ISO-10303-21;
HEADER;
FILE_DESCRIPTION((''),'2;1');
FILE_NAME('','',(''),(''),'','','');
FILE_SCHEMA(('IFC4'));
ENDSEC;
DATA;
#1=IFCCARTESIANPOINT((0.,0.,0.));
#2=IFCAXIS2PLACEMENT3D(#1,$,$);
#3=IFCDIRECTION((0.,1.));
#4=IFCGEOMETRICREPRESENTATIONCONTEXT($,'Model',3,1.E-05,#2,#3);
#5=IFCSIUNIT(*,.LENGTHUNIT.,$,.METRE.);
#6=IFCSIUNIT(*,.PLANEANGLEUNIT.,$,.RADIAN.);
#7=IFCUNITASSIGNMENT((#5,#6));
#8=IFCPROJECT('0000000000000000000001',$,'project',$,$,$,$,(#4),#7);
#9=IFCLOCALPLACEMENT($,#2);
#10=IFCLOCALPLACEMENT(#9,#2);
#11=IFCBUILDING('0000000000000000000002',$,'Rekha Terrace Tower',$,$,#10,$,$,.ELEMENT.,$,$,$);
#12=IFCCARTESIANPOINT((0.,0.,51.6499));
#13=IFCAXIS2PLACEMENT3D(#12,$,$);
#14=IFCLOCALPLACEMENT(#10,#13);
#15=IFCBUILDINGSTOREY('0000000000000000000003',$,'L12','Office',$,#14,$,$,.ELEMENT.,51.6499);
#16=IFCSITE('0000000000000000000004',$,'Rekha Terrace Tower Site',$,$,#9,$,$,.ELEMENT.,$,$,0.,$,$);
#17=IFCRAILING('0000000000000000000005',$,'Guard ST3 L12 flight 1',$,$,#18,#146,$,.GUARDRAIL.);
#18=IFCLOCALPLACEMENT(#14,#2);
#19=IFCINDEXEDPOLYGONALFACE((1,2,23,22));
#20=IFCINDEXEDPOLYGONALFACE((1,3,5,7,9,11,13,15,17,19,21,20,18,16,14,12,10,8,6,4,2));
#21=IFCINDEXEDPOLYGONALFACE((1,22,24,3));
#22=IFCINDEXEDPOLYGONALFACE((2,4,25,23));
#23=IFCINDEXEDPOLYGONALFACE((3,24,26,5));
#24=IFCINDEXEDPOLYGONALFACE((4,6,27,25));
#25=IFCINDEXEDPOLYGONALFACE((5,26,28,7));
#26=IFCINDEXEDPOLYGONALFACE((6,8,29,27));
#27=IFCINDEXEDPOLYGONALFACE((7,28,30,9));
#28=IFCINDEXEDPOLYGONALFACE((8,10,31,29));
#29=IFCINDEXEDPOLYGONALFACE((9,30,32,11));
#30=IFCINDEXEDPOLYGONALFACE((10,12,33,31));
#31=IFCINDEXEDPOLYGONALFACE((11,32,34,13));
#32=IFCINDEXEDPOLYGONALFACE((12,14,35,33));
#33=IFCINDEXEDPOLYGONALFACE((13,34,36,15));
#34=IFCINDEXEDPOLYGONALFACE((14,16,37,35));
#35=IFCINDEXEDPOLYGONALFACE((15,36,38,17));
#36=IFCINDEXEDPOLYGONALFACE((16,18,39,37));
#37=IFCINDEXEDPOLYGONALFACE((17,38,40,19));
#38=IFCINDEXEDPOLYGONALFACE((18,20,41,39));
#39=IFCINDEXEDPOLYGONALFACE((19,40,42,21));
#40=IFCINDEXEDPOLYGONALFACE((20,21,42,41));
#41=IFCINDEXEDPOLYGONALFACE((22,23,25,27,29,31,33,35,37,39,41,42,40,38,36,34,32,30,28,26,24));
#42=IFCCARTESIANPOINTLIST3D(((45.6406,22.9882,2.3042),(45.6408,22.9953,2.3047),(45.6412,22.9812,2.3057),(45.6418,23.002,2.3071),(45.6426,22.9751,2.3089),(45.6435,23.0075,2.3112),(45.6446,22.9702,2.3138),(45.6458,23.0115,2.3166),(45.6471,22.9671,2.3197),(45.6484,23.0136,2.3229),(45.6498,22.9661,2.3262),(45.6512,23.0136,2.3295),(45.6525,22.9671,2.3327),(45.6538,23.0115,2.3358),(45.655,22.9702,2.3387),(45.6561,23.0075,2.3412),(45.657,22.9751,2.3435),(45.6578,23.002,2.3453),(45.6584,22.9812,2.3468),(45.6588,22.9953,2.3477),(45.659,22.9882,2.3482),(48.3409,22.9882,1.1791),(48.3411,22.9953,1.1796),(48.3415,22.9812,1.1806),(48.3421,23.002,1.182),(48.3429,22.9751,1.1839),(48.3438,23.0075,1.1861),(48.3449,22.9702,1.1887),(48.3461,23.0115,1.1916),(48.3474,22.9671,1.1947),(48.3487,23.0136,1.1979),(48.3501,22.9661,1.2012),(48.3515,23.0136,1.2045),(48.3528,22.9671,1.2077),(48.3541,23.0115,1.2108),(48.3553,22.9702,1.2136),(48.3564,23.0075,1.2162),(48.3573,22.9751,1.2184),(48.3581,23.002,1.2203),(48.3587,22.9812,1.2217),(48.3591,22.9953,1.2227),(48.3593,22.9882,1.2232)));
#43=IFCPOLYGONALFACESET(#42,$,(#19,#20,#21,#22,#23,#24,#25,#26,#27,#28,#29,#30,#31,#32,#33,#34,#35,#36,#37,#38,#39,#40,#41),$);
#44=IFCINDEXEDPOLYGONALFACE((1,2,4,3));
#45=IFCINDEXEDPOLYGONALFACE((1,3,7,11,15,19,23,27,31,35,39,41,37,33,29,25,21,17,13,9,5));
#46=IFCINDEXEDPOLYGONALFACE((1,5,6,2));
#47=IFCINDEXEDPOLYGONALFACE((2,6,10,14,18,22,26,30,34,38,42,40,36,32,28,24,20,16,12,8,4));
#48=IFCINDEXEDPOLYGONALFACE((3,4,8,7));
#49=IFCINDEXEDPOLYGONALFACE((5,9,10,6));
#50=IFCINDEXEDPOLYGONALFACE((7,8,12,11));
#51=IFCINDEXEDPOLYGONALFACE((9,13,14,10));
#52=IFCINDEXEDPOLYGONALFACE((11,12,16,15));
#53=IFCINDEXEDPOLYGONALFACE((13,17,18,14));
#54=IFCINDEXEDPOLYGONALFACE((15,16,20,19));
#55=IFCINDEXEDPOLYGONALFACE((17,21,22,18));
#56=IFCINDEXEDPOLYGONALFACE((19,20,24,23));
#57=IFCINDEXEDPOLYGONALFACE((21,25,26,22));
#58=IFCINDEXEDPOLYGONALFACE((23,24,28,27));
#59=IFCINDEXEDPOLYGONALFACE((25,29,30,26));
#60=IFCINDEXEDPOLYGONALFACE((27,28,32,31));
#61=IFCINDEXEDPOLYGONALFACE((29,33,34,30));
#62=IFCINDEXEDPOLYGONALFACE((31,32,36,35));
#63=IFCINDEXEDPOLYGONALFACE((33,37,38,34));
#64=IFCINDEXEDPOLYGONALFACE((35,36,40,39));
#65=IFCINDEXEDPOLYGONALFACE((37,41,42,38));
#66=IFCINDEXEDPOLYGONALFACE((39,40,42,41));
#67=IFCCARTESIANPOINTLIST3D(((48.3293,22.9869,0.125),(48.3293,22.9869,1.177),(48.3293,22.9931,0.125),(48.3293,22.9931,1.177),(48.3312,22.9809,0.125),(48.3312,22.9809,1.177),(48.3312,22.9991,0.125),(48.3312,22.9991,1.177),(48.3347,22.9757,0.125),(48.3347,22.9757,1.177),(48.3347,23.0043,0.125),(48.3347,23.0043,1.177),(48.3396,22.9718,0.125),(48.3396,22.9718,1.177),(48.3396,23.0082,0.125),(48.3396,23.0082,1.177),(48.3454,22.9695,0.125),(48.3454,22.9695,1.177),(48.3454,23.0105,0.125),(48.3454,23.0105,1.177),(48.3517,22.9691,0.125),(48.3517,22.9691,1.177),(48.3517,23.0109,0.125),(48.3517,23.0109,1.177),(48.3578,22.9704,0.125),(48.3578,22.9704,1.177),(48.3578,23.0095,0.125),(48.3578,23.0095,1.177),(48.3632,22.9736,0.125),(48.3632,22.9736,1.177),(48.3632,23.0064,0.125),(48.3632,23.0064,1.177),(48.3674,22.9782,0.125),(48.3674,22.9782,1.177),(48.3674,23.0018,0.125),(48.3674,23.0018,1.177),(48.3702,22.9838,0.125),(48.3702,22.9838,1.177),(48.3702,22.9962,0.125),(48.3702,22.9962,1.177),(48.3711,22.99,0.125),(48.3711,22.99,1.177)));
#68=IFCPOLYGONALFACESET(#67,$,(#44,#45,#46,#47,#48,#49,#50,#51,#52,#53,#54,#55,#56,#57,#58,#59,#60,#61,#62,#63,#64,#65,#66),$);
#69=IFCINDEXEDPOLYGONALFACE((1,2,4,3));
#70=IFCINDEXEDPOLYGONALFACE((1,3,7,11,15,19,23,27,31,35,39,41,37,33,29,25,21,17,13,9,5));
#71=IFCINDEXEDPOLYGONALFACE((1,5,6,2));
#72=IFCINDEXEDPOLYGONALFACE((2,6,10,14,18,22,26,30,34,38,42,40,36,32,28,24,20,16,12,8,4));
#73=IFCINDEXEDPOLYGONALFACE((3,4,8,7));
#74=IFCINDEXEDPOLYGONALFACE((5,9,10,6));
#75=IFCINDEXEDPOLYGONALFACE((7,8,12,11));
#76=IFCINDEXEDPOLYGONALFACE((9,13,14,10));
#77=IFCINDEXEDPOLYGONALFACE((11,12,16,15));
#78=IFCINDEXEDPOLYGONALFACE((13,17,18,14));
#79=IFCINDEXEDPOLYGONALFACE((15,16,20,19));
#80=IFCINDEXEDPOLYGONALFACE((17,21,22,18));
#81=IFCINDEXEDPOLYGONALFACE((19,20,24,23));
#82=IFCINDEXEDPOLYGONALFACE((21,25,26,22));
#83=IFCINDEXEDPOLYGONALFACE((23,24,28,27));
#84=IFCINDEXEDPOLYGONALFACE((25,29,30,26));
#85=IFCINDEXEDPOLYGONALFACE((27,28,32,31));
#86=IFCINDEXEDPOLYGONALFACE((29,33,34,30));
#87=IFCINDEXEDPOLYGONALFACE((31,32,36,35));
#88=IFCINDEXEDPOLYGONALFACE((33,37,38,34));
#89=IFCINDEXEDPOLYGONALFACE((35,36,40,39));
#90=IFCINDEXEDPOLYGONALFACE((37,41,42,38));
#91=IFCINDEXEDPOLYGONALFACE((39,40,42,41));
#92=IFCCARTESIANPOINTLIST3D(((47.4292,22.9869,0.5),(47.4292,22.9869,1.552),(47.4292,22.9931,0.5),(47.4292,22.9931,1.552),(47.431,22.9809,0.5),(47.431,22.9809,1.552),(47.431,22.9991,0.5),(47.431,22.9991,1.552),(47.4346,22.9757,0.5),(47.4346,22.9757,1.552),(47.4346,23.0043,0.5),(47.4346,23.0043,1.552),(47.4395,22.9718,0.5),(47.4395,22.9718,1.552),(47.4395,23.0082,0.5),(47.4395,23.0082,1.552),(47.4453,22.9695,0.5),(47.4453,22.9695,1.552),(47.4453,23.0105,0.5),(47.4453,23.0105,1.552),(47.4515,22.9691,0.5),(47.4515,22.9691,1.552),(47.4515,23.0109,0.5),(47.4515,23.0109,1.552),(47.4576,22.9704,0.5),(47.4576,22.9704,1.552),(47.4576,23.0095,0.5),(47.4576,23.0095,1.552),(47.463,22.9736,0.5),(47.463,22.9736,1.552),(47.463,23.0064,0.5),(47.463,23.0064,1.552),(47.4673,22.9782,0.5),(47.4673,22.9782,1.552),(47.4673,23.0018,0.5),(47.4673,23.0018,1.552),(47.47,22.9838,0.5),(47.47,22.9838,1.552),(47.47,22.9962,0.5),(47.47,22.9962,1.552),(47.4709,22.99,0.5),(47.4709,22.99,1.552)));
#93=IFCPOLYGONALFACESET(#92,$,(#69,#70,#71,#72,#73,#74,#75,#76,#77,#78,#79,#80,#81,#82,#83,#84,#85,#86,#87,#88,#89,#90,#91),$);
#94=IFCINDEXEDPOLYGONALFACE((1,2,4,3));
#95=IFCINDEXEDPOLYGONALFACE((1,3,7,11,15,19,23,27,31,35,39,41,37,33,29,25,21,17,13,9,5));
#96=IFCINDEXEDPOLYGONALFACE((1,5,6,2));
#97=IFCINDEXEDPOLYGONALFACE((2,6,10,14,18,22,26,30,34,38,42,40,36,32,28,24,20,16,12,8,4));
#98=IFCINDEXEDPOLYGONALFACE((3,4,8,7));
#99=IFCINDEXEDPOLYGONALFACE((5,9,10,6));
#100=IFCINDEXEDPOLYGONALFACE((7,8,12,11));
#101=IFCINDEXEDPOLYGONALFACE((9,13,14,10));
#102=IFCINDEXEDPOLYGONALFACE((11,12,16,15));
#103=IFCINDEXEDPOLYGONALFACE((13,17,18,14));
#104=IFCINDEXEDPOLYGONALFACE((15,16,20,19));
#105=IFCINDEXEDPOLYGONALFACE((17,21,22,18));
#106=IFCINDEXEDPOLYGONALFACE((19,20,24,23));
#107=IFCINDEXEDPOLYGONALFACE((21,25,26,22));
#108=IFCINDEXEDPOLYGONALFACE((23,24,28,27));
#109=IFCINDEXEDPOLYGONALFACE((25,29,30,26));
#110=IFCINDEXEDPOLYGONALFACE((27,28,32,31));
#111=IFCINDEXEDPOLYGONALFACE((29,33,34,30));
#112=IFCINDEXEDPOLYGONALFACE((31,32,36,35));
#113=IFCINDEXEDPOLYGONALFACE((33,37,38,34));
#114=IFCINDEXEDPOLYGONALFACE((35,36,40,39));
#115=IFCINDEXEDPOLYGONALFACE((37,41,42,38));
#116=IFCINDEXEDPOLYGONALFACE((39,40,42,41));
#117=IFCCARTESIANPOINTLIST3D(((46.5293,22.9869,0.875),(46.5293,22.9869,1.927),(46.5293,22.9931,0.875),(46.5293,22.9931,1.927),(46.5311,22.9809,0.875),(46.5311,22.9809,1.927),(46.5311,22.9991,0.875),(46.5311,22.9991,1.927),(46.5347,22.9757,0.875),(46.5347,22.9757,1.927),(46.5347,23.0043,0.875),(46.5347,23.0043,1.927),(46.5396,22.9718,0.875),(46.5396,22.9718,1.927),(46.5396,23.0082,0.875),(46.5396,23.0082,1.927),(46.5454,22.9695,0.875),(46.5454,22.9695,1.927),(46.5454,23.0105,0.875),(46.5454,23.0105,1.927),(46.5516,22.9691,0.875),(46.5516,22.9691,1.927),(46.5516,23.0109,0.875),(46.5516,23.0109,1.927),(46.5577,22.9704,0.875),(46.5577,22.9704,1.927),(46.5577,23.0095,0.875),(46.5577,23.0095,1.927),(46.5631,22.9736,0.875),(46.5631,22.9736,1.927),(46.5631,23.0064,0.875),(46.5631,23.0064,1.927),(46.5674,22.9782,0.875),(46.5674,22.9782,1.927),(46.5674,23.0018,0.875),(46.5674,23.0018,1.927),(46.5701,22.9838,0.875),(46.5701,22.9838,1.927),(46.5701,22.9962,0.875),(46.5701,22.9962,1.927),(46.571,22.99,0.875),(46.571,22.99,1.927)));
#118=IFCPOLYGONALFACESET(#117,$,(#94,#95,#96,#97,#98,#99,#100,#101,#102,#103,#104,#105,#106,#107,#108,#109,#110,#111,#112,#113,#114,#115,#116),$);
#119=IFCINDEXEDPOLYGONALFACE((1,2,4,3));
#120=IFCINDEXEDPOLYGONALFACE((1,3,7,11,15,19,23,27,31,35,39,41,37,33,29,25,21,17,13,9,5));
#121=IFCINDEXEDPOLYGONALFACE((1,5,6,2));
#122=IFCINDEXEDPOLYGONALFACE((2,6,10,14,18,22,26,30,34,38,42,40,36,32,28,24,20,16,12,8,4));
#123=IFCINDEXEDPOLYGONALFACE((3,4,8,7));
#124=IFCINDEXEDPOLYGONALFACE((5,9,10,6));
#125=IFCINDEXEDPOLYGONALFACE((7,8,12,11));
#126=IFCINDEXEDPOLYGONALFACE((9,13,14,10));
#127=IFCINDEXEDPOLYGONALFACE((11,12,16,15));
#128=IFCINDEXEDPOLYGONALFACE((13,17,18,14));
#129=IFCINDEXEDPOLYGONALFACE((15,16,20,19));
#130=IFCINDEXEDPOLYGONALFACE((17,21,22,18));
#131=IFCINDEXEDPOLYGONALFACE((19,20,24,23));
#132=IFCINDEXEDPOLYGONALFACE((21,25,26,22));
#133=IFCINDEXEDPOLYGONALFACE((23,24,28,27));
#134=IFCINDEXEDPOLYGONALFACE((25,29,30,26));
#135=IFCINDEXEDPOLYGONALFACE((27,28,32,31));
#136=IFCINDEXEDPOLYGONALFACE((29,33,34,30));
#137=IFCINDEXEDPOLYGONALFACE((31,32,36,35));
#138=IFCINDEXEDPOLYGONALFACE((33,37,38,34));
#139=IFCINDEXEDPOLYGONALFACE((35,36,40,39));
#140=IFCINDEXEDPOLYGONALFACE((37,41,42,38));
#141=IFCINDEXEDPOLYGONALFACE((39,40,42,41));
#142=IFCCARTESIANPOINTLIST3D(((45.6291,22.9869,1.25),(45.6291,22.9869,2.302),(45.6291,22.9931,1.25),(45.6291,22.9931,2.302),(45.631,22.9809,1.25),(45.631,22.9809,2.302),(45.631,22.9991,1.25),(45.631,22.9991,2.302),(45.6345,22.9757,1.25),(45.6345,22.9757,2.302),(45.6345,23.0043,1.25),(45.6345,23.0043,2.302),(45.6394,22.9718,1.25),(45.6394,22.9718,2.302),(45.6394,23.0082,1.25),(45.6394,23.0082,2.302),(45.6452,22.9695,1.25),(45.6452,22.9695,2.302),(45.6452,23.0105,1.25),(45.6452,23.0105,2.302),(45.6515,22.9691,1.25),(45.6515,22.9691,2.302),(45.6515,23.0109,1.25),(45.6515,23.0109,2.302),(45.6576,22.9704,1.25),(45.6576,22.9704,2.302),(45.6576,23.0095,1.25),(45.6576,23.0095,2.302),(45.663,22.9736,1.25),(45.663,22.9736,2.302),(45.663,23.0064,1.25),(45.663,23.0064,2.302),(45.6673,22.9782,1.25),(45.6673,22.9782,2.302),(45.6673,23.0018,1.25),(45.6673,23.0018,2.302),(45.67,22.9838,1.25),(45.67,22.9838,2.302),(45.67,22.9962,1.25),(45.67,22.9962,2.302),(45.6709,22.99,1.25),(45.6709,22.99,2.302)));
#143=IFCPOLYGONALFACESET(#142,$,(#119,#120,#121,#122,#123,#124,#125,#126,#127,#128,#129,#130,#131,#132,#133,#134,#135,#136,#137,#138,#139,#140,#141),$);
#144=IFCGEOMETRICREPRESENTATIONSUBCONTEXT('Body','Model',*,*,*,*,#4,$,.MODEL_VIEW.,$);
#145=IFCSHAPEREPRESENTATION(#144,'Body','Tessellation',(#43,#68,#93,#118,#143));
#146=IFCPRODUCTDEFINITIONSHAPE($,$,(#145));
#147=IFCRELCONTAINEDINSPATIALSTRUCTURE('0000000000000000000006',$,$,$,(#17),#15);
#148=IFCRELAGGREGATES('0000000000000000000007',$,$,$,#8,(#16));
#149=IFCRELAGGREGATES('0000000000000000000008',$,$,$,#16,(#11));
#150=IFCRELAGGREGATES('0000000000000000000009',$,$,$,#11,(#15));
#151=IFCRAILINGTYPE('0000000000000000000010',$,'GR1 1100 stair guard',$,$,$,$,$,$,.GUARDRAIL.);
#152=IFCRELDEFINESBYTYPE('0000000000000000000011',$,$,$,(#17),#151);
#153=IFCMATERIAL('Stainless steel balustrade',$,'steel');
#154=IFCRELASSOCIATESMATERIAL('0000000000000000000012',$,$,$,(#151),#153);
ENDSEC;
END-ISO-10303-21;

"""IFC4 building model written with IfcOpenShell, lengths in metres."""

from ifc_helpers import new_model, si_unit, direction, frame, origin, origin_2d, place, context, subcontext, project, spatial, circle, extrude, material, type_object, element, save


model = new_model("IFC4")

# Units and contexts
model_context = context("Model", 3, precision=1e-05, world=origin(), true_north=direction((0.0, 1.0)))
body_context = subcontext(model_context, "Body", "Model", "MODEL_VIEW")
ifc_project = project(units=[si_unit("LENGTHUNIT", "METRE"), si_unit("PLANEANGLEUNIT", "RADIAN")], contexts=[model_context])

# Site, building, storey
site_placement = place(None, origin())
site = spatial("IfcSite", under=ifc_project, at=site_placement, Name="Rekha Terrace Tower Site", CompositionType="ELEMENT", RefElevation=0.0)
building_placement = place(site_placement, origin())
building = spatial("IfcBuilding", under=site, at=building_placement, Name="Rekha Terrace Tower", CompositionType="ELEMENT")
storey_placement = place(building_placement, frame((0.0, 0.0, 51.6499)))
storey = spatial("IfcBuildingStorey", under=building, at=storey_placement, Name="L12", Description="Office", CompositionType="ELEMENT", Elevation=51.6499)

# Railing
ifc_material_1 = material(Name="Stainless steel balustrade", Category="steel")
railing_type_1 = type_object("IfcRailingType", Name="GR1 1100 stair guard", PredefinedType="GUARDRAIL", material=ifc_material_1)
railing_1_placement = place(storey_placement, frame((48.3501, 22.99, 0.125)))
element("IfcRailing", 1, at=railing_1_placement, inside=storey, type_object=railing_type_1, Name="Guard ST3 L12 flight 1", PredefinedType="GUARDRAIL", context=body_context, shape_type="SweptSolid", body=[
    extrude(circle(Radius=0.0239, at=origin_2d()), frame((0.0, 0.0, 1.0762), z_axis=(-0.923087, 0.0, 0.384592), x_axis=(0.0, -1.0, 0.0)), (0.0, 0.0, 1.0), 2.9253),
    extrude(circle(Radius=0.021, at=origin_2d()), origin(), (0.0, 0.0, 1.0), 1.052),
    extrude(circle(Radius=0.021, at=origin_2d()), frame((-0.9001, 0.0, 0.375)), (0.0, 0.0, 1.0), 1.052),
    extrude(circle(Radius=0.021, at=origin_2d()), frame((-1.8, 0.0, 0.75)), (0.0, 0.0, 1.0), 1.052),
    extrude(circle(Radius=0.021, at=origin_2d()), frame((-2.7002, 0.0, 1.125)), (0.0, 0.0, 1.0), 1.052),
])

save(model, "model.ifc")
